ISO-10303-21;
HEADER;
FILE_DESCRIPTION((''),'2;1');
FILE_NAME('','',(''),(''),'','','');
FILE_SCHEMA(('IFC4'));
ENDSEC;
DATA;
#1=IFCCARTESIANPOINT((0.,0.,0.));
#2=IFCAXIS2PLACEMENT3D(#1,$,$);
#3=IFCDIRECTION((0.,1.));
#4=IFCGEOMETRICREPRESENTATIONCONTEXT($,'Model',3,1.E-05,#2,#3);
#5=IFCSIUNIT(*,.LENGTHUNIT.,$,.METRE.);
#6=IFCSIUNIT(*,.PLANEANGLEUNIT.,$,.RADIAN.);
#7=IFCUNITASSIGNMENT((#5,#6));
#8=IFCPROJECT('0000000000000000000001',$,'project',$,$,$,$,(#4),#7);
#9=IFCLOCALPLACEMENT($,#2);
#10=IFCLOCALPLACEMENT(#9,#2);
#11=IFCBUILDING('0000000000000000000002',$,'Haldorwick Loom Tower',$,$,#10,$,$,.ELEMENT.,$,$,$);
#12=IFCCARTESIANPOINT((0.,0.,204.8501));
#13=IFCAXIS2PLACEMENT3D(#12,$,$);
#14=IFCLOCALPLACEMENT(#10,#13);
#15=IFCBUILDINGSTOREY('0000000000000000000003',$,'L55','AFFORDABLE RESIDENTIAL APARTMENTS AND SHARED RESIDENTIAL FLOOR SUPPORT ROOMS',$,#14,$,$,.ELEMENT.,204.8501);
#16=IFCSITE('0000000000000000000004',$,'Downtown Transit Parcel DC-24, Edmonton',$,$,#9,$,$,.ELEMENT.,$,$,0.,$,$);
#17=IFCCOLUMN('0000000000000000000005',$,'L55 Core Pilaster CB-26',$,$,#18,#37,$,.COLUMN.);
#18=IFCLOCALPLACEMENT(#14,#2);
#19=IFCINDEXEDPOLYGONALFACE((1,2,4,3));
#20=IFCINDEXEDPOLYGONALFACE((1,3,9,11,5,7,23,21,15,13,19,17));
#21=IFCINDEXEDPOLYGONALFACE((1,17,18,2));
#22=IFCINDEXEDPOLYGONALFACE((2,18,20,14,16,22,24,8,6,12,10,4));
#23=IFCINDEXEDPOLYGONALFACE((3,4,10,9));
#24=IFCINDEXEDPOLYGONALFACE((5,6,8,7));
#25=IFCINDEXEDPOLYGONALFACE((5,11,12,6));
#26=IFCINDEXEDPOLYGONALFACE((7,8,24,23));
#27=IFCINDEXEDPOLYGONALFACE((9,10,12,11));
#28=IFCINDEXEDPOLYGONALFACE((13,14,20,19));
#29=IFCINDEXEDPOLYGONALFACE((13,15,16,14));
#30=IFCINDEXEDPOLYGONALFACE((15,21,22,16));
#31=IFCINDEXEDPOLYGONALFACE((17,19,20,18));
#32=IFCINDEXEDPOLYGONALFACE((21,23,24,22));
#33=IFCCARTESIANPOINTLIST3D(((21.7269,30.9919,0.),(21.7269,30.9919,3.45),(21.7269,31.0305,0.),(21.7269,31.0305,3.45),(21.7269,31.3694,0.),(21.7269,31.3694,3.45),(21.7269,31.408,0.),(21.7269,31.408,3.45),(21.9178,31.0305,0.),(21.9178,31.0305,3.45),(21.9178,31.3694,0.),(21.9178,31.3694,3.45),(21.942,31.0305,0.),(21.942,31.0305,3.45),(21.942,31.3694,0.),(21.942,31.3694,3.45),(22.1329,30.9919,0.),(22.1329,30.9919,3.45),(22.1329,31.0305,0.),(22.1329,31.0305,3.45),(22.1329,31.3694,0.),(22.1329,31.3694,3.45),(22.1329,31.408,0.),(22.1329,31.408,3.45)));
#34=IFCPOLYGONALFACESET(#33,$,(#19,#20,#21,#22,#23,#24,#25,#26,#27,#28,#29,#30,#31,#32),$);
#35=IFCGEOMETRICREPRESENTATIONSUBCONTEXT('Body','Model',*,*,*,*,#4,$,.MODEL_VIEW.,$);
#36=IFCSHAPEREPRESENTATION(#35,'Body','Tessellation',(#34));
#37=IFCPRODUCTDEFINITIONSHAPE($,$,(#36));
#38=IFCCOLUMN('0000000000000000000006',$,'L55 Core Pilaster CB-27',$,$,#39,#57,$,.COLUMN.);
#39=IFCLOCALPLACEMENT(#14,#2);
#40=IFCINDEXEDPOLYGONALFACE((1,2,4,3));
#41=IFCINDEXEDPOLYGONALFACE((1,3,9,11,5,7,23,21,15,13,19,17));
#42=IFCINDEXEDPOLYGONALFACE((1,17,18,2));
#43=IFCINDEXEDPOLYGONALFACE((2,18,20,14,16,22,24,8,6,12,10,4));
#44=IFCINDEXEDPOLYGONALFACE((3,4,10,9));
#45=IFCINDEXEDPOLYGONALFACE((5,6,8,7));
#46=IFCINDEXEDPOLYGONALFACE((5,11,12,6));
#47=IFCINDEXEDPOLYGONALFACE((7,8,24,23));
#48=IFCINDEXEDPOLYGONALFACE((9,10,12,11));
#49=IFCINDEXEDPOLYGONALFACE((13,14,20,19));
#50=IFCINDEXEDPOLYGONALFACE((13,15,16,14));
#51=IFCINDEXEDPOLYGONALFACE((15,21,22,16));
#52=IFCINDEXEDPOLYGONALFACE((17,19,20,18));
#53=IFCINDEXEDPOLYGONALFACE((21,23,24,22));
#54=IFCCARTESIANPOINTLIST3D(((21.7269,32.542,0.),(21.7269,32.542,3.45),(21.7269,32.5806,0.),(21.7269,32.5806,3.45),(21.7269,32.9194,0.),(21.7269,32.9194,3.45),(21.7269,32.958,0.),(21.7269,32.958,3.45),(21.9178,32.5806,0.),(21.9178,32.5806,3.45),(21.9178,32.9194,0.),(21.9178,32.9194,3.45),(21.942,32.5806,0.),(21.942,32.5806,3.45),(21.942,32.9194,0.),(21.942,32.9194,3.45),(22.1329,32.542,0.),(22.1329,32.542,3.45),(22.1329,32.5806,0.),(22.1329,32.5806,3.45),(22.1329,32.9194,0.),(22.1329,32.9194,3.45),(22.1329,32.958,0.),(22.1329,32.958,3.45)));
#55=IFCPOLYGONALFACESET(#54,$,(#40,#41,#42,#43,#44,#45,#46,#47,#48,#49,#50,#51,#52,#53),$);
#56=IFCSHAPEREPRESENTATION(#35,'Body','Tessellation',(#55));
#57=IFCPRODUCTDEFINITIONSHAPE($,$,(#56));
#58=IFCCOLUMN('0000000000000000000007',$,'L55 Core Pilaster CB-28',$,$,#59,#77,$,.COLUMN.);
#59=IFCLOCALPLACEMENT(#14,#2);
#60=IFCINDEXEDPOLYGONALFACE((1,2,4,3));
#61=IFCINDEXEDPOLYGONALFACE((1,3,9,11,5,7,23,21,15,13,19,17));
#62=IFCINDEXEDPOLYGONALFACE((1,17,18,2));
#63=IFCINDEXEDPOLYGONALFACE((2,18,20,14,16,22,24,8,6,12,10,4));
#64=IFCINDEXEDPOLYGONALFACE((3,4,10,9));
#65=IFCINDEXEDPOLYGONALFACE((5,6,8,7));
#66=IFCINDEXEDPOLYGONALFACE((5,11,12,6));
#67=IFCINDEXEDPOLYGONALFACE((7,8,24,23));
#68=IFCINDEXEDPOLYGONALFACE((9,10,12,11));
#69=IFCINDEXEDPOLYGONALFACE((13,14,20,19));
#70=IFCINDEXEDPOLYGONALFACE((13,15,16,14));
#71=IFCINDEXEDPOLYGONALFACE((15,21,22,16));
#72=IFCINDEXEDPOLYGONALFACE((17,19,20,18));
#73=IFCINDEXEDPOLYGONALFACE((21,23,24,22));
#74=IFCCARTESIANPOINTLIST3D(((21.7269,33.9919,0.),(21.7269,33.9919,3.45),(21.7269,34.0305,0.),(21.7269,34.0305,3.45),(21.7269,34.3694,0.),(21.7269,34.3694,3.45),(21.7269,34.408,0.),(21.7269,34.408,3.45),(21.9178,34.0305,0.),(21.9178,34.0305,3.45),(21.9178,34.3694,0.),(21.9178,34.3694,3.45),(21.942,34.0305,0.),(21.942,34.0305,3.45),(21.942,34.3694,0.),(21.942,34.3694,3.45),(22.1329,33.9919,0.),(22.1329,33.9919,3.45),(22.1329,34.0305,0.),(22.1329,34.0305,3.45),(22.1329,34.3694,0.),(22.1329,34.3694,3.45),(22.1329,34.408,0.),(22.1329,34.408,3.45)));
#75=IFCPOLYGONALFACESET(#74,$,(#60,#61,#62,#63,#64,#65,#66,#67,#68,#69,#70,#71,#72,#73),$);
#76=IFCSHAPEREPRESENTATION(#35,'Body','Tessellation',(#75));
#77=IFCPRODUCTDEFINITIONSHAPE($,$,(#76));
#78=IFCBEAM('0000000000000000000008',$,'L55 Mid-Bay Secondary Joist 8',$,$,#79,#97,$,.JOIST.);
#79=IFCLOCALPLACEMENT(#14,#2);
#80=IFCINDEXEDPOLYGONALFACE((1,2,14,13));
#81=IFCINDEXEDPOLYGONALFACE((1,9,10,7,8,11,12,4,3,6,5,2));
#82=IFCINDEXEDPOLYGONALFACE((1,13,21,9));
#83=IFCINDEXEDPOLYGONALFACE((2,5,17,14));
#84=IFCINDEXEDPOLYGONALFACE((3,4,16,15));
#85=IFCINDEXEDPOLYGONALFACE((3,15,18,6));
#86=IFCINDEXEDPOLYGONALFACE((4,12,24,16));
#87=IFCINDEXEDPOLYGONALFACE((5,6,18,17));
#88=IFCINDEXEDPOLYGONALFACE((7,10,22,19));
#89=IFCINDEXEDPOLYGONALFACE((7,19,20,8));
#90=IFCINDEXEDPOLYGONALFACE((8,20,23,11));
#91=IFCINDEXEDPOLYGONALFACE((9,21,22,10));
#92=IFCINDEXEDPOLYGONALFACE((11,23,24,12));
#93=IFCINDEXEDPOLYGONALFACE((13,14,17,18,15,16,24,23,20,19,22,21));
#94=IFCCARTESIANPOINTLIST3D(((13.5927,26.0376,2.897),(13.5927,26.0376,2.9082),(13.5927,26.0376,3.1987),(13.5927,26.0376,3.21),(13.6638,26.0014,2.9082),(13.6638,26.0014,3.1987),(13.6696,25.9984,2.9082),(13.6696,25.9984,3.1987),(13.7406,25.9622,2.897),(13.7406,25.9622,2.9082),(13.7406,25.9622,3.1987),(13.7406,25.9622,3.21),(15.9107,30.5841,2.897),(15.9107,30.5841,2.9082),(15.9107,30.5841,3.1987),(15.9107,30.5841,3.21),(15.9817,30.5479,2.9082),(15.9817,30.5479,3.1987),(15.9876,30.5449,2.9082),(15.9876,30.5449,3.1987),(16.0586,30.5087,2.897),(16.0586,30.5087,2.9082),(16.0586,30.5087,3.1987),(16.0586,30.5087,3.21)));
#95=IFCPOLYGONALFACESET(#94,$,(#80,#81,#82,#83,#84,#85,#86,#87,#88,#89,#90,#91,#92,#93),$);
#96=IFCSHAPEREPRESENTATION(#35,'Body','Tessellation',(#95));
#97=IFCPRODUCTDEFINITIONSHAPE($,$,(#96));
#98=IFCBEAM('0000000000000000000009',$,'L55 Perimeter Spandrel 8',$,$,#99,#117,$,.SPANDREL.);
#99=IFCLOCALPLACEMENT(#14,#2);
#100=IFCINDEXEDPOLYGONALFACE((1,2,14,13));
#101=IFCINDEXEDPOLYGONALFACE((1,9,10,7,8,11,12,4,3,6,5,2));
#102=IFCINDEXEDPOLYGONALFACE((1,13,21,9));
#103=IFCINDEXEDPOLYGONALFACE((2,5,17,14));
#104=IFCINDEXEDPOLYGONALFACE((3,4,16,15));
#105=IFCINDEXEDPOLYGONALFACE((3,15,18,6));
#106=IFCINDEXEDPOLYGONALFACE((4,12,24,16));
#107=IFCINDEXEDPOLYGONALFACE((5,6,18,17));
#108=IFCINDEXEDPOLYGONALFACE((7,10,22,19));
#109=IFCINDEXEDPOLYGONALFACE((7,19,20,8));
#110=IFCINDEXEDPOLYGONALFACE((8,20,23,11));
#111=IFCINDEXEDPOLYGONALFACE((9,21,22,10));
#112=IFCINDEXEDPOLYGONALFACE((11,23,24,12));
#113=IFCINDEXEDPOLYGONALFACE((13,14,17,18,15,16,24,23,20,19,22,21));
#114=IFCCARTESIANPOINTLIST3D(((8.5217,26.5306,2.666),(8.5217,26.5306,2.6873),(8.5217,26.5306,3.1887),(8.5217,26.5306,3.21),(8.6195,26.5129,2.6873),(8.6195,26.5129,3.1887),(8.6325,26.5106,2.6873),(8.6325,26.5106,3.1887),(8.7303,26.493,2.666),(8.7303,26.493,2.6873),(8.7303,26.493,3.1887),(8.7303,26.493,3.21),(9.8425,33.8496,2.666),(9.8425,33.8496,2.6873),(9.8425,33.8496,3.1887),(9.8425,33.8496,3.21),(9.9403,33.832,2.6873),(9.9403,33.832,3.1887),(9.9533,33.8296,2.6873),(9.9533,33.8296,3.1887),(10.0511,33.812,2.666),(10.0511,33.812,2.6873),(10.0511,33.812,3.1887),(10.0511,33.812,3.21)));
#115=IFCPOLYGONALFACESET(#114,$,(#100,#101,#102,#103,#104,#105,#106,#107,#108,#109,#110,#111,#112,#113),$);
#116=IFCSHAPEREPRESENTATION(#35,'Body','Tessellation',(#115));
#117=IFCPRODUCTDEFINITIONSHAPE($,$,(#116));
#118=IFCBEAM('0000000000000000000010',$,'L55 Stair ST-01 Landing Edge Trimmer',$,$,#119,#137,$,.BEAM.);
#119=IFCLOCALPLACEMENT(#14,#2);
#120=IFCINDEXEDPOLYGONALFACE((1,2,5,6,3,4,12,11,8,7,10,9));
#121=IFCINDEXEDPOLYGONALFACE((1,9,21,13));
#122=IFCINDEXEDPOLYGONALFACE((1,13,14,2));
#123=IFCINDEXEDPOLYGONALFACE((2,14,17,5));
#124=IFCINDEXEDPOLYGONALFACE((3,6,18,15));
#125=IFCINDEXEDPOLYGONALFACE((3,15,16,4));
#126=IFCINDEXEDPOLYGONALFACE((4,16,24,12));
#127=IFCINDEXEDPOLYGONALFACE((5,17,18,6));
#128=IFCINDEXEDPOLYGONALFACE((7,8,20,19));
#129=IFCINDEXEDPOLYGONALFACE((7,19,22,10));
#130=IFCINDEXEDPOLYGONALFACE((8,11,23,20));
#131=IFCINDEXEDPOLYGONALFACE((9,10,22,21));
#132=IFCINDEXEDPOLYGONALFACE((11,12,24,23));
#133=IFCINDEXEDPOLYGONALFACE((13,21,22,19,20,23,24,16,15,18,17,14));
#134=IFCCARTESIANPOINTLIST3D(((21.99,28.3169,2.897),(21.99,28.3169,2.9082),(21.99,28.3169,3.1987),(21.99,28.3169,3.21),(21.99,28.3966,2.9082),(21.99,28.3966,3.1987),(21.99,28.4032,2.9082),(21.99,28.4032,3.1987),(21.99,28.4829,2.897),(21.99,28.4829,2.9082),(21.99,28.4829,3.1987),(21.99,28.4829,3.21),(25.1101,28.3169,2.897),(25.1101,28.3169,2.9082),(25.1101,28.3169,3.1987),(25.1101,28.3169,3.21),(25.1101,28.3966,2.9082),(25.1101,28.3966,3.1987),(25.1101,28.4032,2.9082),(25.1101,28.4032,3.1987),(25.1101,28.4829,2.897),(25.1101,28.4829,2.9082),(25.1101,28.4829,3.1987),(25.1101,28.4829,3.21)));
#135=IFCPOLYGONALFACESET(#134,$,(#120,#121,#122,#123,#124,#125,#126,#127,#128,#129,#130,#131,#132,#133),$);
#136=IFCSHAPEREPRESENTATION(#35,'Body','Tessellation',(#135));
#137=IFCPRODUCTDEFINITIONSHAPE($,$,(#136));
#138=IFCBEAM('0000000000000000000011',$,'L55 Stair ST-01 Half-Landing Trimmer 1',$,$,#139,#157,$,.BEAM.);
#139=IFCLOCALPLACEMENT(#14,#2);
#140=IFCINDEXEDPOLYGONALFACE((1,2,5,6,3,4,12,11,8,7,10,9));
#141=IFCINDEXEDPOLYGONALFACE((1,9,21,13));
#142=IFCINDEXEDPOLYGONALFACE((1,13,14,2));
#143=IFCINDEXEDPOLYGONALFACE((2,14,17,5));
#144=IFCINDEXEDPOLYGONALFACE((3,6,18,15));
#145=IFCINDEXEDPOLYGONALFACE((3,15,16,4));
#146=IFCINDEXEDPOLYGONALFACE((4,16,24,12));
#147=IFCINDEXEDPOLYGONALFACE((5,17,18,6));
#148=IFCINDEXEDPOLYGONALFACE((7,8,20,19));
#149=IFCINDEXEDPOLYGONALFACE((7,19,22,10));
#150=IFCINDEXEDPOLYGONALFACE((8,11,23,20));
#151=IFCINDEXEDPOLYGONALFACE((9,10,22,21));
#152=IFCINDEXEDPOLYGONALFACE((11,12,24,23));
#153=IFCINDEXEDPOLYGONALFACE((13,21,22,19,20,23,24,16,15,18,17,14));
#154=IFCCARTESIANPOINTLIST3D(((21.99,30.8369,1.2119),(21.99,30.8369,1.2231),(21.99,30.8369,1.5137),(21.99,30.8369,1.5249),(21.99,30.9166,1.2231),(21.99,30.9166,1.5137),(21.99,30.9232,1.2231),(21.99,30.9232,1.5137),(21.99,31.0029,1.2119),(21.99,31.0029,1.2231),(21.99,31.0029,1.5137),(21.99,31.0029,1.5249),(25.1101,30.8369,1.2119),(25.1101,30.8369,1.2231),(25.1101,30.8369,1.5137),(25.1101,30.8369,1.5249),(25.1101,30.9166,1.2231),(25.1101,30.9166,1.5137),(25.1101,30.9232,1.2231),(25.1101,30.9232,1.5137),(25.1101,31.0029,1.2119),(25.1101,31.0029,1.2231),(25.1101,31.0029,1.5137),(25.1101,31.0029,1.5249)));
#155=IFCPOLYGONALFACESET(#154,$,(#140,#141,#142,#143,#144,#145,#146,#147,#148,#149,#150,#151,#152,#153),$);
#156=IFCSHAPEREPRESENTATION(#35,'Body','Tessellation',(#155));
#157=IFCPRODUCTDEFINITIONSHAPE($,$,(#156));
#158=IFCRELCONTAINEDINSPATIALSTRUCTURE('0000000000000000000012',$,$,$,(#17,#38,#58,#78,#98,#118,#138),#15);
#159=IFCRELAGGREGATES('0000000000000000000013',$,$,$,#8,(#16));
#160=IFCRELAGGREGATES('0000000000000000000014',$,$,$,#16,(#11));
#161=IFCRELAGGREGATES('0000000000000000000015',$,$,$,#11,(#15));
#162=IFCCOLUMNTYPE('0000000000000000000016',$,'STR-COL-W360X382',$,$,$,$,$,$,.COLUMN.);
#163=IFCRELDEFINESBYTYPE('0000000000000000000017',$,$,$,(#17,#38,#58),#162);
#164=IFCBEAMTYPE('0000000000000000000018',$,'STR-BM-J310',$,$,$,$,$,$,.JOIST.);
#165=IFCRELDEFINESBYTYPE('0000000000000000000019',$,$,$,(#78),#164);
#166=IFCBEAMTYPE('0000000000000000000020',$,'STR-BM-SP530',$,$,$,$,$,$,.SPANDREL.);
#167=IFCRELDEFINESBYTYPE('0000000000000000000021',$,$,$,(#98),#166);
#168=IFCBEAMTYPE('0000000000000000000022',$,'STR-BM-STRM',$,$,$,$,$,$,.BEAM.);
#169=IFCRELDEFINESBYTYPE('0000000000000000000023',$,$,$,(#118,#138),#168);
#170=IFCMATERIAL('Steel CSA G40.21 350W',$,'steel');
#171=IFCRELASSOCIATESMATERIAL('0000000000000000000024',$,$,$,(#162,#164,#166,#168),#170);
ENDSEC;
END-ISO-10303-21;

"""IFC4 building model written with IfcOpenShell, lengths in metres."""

from ifc_helpers import new_model, si_unit, direction, frame, origin, origin_2d, place, context, subcontext, project, spatial, i_section, extrude, material, material_profile, profile_set, type_object, element, save


model = new_model("IFC4")

# Units and contexts
model_context = context("Model", 3, precision=1e-05, world=origin(), true_north=direction((0.0, 1.0)))
body_context = subcontext(model_context, "Body", "Model", "MODEL_VIEW")
ifc_project = project(units=[si_unit("LENGTHUNIT", "METRE"), si_unit("PLANEANGLEUNIT", "RADIAN")], contexts=[model_context])

# Site, building, storey
site_placement = place(None, origin())
site = spatial("IfcSite", under=ifc_project, at=site_placement, Name="Downtown Transit Parcel DC-24, Edmonton", CompositionType="ELEMENT", RefElevation=0.0)
building_placement = place(site_placement, origin())
building = spatial("IfcBuilding", under=site, at=building_placement, Name="Haldorwick Loom Tower", CompositionType="ELEMENT")
storey_placement = place(building_placement, frame((0.0, 0.0, 204.8501)))
storey = spatial("IfcBuildingStorey", under=building, at=storey_placement, Name="L55", Description="AFFORDABLE RESIDENTIAL APARTMENTS AND SHARED RESIDENTIAL FLOOR SUPPORT ROOMS", CompositionType="ELEMENT", Elevation=204.8501)

# Columns
ifc_material_1 = material(Name="Steel CSA G40.21 350W", Category="steel")
ifc_material_profile_1 = material_profile(ifc_material_1, i_section(OverallWidth=0.406, OverallDepth=0.416, WebThickness=0.0242, FlangeThickness=0.0386, at=origin_2d()), Name="W360X382", Category="steel")
ifc_profile_set_1 = profile_set([ifc_material_profile_1], Name="Steel CSA G40.21 350W")
column_type = type_object("IfcColumnType", Name="STR-COL-W360X382", PredefinedType="COLUMN", material=ifc_profile_set_1)
for number, where, z_axis, x_axis, name in (
    (1, (21.9299, 31.2, 0.0), (0.0, 0.0, 1.0), (1.0, 0.0, 0.0), "L55 Core Pilaster CB-26"),
    (2, (21.9299, 32.75, 0.0), (0.0, 0.0, 1.0), (1.0, 0.0, 0.0), "L55 Core Pilaster CB-27"),
    (3, (21.9299, 34.2, 0.0), (0.0, 0.0, 1.0), (1.0, 0.0, 0.0), "L55 Core Pilaster CB-28"),
):
    element("IfcColumn", number, at=place(storey_placement, frame(where, z_axis=z_axis, x_axis=x_axis)), inside=storey, type_object=column_type, Name=name, PredefinedType="COLUMN", context=body_context, shape_type="SweptSolid", body=[
        extrude(i_section(OverallWidth=0.406, OverallDepth=0.416, WebThickness=0.0242, FlangeThickness=0.0386, at=origin_2d()), origin(), (0.0, 0.0, 1.0), 3.45),
    ])

# Beams
ifc_material_profile_2 = material_profile(ifc_material_1, i_section(OverallWidth=0.166, OverallDepth=0.313, WebThickness=0.0066, FlangeThickness=0.0112, at=origin_2d()), Name="W310X45", Category="steel")
ifc_profile_set_2 = profile_set([ifc_material_profile_2], Name="Steel CSA G40.21 350W")
beam_type_1 = type_object("IfcBeamType", Name="STR-BM-J310", PredefinedType="JOIST", material=ifc_profile_set_2)
beam_1_placement = place(storey_placement, frame((15.9846, 30.5464, 3.0535), z_axis=(-0.454204, -0.890898, 0.0), x_axis=(0.890898, -0.454204, 0.0)))
element("IfcBeam", 4, at=beam_1_placement, inside=storey, type_object=beam_type_1, Name="L55 Mid-Bay Secondary Joist 8", PredefinedType="JOIST", context=body_context, shape_type="SweptSolid", body=[
    extrude(i_section(OverallWidth=0.166, OverallDepth=0.313, WebThickness=0.0066, FlangeThickness=0.0112, at=origin_2d()), origin(), (0.0, 0.0, 1.0), 5.1033),
])
ifc_material_profile_3 = material_profile(ifc_material_1, i_section(OverallWidth=0.2119, OverallDepth=0.5439, WebThickness=0.0132, FlangeThickness=0.0212, at=origin_2d()), Name="W530X123", Category="steel")
ifc_profile_set_3 = profile_set([ifc_material_profile_3], Name="Steel CSA G40.21 350W")
beam_type_2 = type_object("IfcBeamType", Name="STR-BM-SP530", PredefinedType="SPANDREL", material=ifc_profile_set_3)
beam_2_placement = place(storey_placement, frame((9.9468, 33.8308, 2.938), z_axis=(-0.177591, -0.984104, 0.0), x_axis=(0.984104, -0.177591, 0.0)))
element("IfcBeam", 5, at=beam_2_placement, inside=storey, type_object=beam_type_2, Name="L55 Perimeter Spandrel 8", PredefinedType="SPANDREL", context=body_context, shape_type="SweptSolid", body=[
    extrude(i_section(OverallWidth=0.2119, OverallDepth=0.5439, WebThickness=0.0132, FlangeThickness=0.0212, at=origin_2d()), origin(), (0.0, 0.0, 1.0), 7.4373),
])
ifc_material_profile_4 = material_profile(ifc_material_1, i_section(OverallWidth=0.166, OverallDepth=0.313, WebThickness=0.0066, FlangeThickness=0.0112, at=origin_2d()), Name="W310X45", Category="steel")
ifc_profile_set_4 = profile_set([ifc_material_profile_4], Name="Steel CSA G40.21 350W")
beam_type_3 = type_object("IfcBeamType", Name="STR-BM-STRM", PredefinedType="BEAM", material=ifc_profile_set_4)
for number, where, z_axis, x_axis, name in (
    (6, (21.99, 28.3999, 3.0535), (1.0, 0.0, 0.0), (0.0, 1.0, 0.0), "L55 Stair ST-01 Landing Edge Trimmer"),
    (7, (21.99, 30.9199, 1.3684), (1.0, 0.0, 0.0), (0.0, 1.0, 0.0), "L55 Stair ST-01 Half-Landing Trimmer 1"),
):
    element("IfcBeam", number, at=place(storey_placement, frame(where, z_axis=z_axis, x_axis=x_axis)), inside=storey, type_object=beam_type_3, Name=name, PredefinedType="BEAM", context=body_context, shape_type="SweptSolid", body=[
        extrude(i_section(OverallWidth=0.166, OverallDepth=0.313, WebThickness=0.0066, FlangeThickness=0.0112, at=origin_2d()), origin(), (0.0, 0.0, 1.0), 3.1201),
    ])

save(model, "model.ifc")
